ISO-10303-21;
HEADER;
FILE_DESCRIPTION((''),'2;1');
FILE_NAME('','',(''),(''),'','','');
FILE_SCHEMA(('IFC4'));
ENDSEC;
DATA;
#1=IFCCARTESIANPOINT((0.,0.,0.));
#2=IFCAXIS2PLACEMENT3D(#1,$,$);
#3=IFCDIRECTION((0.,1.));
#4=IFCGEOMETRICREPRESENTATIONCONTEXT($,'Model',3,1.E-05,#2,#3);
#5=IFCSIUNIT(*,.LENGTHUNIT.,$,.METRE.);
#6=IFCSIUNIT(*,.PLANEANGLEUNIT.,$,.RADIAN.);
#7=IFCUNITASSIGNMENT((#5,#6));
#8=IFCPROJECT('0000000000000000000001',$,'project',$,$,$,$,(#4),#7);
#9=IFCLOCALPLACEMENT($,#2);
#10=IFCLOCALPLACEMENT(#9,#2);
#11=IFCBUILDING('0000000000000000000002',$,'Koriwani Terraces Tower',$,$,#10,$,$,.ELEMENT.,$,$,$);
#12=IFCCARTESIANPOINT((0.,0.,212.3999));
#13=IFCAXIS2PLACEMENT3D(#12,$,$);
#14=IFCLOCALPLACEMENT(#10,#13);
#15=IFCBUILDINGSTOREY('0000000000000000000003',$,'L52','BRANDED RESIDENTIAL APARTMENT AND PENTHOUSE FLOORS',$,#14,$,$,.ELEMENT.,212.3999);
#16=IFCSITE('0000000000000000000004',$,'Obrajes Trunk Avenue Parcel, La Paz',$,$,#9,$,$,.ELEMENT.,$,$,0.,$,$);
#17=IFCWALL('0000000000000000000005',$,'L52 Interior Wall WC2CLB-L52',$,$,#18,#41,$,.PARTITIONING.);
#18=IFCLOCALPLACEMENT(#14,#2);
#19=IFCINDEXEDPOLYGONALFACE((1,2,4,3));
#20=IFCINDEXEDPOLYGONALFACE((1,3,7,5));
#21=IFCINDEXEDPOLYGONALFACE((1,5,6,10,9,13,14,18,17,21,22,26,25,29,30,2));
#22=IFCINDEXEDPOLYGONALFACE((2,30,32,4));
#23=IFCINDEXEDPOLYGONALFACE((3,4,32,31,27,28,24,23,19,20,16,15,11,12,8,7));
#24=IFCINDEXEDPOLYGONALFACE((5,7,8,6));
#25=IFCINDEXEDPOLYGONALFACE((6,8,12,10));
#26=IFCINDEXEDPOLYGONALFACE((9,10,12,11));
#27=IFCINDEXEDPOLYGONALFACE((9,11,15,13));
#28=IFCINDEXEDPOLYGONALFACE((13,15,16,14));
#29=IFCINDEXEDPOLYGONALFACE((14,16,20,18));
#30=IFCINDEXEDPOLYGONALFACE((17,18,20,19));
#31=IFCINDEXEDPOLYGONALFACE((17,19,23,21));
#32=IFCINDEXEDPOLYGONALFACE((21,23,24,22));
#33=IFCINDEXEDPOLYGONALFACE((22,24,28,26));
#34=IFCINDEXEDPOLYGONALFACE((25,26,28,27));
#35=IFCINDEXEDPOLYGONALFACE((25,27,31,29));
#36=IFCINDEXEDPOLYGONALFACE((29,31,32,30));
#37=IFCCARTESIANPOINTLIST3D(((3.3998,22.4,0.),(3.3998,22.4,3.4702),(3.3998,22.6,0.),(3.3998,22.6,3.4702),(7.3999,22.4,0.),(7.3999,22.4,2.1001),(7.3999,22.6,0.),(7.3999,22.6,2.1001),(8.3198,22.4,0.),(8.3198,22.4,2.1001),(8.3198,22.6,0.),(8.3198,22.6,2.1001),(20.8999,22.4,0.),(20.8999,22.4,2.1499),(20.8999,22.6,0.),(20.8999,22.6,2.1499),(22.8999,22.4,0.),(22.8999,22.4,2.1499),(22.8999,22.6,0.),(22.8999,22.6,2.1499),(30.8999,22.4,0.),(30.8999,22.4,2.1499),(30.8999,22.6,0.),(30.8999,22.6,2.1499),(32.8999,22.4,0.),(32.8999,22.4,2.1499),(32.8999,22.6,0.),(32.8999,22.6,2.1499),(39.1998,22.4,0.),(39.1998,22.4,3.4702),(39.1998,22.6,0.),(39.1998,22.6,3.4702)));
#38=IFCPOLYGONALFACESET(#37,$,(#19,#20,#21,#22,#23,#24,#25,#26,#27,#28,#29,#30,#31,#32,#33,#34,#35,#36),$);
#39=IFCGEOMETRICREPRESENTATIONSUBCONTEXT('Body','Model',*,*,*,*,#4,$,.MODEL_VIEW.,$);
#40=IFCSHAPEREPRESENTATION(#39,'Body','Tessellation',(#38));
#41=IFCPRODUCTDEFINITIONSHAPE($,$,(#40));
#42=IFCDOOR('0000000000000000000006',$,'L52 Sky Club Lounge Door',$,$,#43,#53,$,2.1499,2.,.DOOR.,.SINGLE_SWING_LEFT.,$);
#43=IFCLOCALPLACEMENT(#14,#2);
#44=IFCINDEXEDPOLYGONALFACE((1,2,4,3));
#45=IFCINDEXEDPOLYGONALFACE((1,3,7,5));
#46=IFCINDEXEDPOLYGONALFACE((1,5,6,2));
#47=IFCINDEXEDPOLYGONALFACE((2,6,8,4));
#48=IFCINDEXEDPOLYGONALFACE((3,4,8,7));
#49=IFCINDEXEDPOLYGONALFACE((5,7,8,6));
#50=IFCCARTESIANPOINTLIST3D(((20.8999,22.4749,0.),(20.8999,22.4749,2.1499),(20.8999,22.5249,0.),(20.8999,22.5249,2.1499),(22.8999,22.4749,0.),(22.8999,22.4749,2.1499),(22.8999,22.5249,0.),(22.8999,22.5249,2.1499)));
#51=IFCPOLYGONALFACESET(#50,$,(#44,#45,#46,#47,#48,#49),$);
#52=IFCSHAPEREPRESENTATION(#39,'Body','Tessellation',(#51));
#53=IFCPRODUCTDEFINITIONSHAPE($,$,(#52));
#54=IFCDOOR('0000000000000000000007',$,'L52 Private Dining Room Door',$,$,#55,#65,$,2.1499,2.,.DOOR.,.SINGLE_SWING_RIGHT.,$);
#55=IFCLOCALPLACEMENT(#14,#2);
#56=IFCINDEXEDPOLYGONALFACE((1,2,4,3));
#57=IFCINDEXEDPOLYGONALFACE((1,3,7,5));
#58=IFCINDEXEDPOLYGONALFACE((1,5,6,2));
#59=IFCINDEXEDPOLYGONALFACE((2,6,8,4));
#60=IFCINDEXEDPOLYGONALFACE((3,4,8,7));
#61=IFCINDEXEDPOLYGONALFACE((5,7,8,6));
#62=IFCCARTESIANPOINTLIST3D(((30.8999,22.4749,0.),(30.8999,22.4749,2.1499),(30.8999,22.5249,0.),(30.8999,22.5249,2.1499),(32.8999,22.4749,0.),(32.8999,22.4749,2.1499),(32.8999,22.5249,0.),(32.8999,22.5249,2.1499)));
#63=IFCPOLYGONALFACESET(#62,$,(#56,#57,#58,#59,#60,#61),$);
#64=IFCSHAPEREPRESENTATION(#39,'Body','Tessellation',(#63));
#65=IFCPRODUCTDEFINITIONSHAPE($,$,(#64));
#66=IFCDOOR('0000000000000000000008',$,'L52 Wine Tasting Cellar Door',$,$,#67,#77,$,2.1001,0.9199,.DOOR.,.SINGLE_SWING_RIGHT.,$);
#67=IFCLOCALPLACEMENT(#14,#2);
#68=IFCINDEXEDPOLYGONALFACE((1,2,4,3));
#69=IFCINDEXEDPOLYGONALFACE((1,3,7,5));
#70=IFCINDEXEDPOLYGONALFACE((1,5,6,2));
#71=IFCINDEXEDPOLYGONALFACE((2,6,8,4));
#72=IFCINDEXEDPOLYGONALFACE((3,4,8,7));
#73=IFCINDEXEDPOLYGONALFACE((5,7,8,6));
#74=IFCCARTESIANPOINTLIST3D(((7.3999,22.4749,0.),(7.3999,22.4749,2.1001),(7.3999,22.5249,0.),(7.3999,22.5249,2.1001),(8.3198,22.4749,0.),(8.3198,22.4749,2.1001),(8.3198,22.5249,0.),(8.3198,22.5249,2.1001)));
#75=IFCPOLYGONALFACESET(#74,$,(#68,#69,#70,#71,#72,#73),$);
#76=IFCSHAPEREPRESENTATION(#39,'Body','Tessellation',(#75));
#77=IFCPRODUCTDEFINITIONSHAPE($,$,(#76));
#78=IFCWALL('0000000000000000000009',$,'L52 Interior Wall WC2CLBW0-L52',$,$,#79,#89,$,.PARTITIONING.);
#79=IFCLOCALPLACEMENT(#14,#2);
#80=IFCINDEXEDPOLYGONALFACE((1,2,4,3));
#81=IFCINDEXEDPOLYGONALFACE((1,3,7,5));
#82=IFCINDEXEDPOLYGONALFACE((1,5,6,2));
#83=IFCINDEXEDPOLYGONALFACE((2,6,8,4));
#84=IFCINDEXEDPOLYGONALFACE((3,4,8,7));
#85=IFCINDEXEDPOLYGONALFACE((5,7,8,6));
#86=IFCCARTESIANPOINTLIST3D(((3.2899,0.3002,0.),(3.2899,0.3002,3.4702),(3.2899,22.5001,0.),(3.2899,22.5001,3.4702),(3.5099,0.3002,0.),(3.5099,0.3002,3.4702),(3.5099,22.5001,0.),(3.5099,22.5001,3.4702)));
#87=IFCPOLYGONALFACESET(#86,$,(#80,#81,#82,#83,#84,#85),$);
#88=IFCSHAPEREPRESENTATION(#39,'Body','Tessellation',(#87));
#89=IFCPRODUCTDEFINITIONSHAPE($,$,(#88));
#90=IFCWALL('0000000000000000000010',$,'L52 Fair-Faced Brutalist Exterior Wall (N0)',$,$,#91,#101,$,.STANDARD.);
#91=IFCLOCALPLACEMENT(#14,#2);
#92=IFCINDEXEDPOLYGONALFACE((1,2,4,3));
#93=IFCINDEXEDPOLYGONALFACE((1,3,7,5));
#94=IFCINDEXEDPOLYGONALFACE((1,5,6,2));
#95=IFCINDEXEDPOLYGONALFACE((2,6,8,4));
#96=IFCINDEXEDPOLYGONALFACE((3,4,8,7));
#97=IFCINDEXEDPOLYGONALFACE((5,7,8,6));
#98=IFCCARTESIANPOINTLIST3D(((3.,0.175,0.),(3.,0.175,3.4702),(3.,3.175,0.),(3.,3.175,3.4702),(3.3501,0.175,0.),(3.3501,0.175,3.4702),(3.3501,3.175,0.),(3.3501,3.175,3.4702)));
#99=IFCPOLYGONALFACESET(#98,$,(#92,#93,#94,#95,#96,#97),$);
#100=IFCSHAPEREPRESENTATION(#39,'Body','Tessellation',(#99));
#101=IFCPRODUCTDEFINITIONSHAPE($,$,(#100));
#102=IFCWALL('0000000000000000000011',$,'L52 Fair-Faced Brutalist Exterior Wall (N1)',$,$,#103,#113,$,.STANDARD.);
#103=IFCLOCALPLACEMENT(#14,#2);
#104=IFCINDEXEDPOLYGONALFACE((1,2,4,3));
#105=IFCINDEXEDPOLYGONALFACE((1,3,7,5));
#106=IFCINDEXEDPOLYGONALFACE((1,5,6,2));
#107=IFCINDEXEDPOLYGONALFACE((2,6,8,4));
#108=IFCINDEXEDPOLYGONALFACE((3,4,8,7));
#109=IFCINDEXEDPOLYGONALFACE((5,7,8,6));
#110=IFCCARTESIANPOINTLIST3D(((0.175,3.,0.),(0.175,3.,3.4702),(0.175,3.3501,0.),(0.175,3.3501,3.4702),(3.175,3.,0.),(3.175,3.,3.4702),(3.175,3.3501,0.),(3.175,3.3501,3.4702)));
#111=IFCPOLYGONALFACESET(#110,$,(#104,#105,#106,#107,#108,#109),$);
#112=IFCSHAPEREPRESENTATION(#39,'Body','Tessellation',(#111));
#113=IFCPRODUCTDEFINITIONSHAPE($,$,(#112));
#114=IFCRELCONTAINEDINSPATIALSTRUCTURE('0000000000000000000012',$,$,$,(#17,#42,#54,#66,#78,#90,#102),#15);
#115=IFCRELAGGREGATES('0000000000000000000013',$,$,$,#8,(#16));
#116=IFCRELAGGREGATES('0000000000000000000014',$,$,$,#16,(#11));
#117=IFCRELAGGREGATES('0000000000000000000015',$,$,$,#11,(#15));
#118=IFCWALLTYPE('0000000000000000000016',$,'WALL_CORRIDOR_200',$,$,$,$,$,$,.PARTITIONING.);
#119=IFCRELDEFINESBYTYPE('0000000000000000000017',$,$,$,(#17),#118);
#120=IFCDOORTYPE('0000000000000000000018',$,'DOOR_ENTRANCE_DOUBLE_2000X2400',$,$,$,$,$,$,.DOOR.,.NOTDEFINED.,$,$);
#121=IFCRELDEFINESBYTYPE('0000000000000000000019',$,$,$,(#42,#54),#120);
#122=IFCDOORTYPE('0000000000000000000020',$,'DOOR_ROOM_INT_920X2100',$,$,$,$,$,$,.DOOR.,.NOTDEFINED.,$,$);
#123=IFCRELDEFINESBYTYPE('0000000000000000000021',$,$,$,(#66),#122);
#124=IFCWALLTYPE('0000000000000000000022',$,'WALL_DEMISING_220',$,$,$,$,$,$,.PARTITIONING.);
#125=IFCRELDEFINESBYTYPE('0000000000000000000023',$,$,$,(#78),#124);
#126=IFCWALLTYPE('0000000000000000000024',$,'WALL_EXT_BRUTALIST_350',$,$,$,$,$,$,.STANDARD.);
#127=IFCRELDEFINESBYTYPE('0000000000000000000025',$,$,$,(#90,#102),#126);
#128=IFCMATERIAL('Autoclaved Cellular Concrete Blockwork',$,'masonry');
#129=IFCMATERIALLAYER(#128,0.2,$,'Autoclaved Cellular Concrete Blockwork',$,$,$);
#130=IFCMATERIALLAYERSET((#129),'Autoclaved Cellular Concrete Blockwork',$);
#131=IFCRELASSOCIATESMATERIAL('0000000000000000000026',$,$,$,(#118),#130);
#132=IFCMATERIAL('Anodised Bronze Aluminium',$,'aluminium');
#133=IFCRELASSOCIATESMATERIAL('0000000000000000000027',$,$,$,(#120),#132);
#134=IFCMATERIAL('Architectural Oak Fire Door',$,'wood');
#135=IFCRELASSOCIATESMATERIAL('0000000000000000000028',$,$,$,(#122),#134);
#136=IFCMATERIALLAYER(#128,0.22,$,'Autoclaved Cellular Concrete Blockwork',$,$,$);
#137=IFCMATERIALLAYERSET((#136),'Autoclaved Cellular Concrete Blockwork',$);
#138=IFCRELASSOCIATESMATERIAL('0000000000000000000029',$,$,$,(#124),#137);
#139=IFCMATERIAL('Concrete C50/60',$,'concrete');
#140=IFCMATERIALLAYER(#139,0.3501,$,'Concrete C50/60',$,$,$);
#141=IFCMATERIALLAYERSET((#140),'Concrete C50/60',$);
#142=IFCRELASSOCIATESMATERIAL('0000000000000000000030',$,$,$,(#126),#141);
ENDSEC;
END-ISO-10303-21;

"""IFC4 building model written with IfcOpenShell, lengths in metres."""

from ifc_helpers import new_model, si_unit, direction, frame, frame_2d, origin, place, context, subcontext, project, spatial, rectangle, extrude, material, layer, layer_set, type_object, element, fill, save


model = new_model("IFC4")

# Units and contexts
model_context = context("Model", 3, precision=1e-05, world=origin(), true_north=direction((0.0, 1.0)))
body_context = subcontext(model_context, "Body", "Model", "MODEL_VIEW")
ifc_project = project(units=[si_unit("LENGTHUNIT", "METRE"), si_unit("PLANEANGLEUNIT", "RADIAN")], contexts=[model_context])

# Site, building, storey
site_placement = place(None, origin())
site = spatial("IfcSite", under=ifc_project, at=site_placement, Name="Obrajes Trunk Avenue Parcel, La Paz", CompositionType="ELEMENT", RefElevation=0.0)
building_placement = place(site_placement, origin())
building = spatial("IfcBuilding", under=site, at=building_placement, Name="Koriwani Terraces Tower", CompositionType="ELEMENT")
storey_placement = place(building_placement, frame((0.0, 0.0, 212.3999)))
storey = spatial("IfcBuildingStorey", under=building, at=storey_placement, Name="L52", Description="BRANDED RESIDENTIAL APARTMENT AND PENTHOUSE FLOORS", CompositionType="ELEMENT", Elevation=212.3999)

# Shared definitions
ifc_material_1 = material(Name="Concrete C50/60", Category="concrete")

# Wall, openings, doors
ifc_material_2 = material(Name="Autoclaved Cellular Concrete Blockwork", Category="masonry")
ifc_layer_1 = layer(ifc_material_2, 0.2, Name="Autoclaved Cellular Concrete Blockwork")
ifc_layer_set_1 = layer_set([ifc_layer_1], Name="Autoclaved Cellular Concrete Blockwork")
wall_type_1 = type_object("IfcWallType", Name="WALL_CORRIDOR_200", PredefinedType="PARTITIONING", material=ifc_layer_set_1)
wall_1_placement = place(storey_placement, frame((3.3999, 22.5, 0.0), z_axis=(0.0, 0.0, 1.0), x_axis=(1.0, 0.0, 0.0)))
wall_1 = element("IfcWall", 1, at=wall_1_placement, inside=storey, type_object=wall_type_1, Name="L52 Interior Wall WC2CLB-L52", PredefinedType="PARTITIONING", context=body_context, shape_type="SweptSolid", body=[
    extrude(rectangle(XDim=35.8, YDim=0.2, at=frame_2d((17.8999, 0.0))), origin(), (0.0, 0.0, 1.0), 3.4702),
])
opening_1_placement = place(wall_1_placement, frame((4.0, 0.0, 0.0)))
opening_1 = element("IfcOpeningElement", 2, at=opening_1_placement, cuts=wall_1, PredefinedType="OPENING", context=body_context, shape_type="SweptSolid", body=[
    extrude(rectangle(XDim=0.9199, YDim=2.1001, at=frame_2d((0.46, 1.05))), frame((0.0, 0.1099, 0.0), z_axis=(0.0, -1.0, 0.0), x_axis=(1.0, 0.0, 0.0)), (0.0, 0.0, 1.0), 0.22),
])
opening_2_placement = place(wall_1_placement, frame((17.5, 0.0, 0.0)))
opening_2 = element("IfcOpeningElement", 3, at=opening_2_placement, cuts=wall_1, PredefinedType="OPENING", context=body_context, shape_type="SweptSolid", body=[
    extrude(rectangle(XDim=2.0, YDim=2.1499, at=frame_2d((1.0, 1.075))), frame((0.0, 0.1099, 0.0), z_axis=(0.0, -1.0, 0.0), x_axis=(1.0, 0.0, 0.0)), (0.0, 0.0, 1.0), 0.22),
])
opening_3_placement = place(wall_1_placement, frame((27.5, 0.0, 0.0)))
opening_3 = element("IfcOpeningElement", 4, at=opening_3_placement, cuts=wall_1, PredefinedType="OPENING", context=body_context, shape_type="SweptSolid", body=[
    extrude(rectangle(XDim=2.0, YDim=2.1499, at=frame_2d((1.0, 1.075))), frame((0.0, 0.1099, 0.0), z_axis=(0.0, -1.0, 0.0), x_axis=(1.0, 0.0, 0.0)), (0.0, 0.0, 1.0), 0.22),
])
ifc_material_3 = material(Name="Anodised Bronze Aluminium", Category="aluminium")
door_type_1 = type_object("IfcDoorType", Name="DOOR_ENTRANCE_DOUBLE_2000X2400", OperationType="NOTDEFINED", PredefinedType="DOOR", material=ifc_material_3)
door_1_placement = place(opening_2_placement, origin())
door_1 = element("IfcDoor", 5, at=door_1_placement, inside=storey, type_object=door_type_1, Name="L52 Sky Club Lounge Door", OperationType="SINGLE_SWING_LEFT", OverallHeight=2.1499, OverallWidth=2.0, PredefinedType="DOOR", context=body_context, shape_type="SweptSolid", body=[
    extrude(rectangle(XDim=2.0, YDim=2.1499, at=frame_2d((1.0, 1.075))), frame((0.0, 0.0249, 0.0), z_axis=(0.0, -1.0, 0.0), x_axis=(1.0, 0.0, 0.0)), (0.0, 0.0, 1.0), 0.05),
])
fill(opening_2, door_1)
door_2_placement = place(opening_3_placement, origin())
door_2 = element("IfcDoor", 6, at=door_2_placement, inside=storey, type_object=door_type_1, Name="L52 Private Dining Room Door", OperationType="SINGLE_SWING_RIGHT", OverallHeight=2.1499, OverallWidth=2.0, PredefinedType="DOOR", context=body_context, shape_type="SweptSolid", body=[
    extrude(rectangle(XDim=2.0, YDim=2.1499, at=frame_2d((1.0, 1.075))), frame((0.0, 0.0249, 0.0), z_axis=(0.0, -1.0, 0.0), x_axis=(1.0, 0.0, 0.0)), (0.0, 0.0, 1.0), 0.05),
])
fill(opening_3, door_2)
ifc_material_4 = material(Name="Architectural Oak Fire Door", Category="wood")
door_type_2 = type_object("IfcDoorType", Name="DOOR_ROOM_INT_920X2100", OperationType="NOTDEFINED", PredefinedType="DOOR", material=ifc_material_4)
door_3_placement = place(opening_1_placement, origin())
door_3 = element("IfcDoor", 7, at=door_3_placement, inside=storey, type_object=door_type_2, Name="L52 Wine Tasting Cellar Door", OperationType="SINGLE_SWING_RIGHT", OverallHeight=2.1001, OverallWidth=0.9199, PredefinedType="DOOR", context=body_context, shape_type="SweptSolid", body=[
    extrude(rectangle(XDim=0.9199, YDim=2.1001, at=frame_2d((0.46, 1.05))), frame((0.0, 0.0249, 0.0), z_axis=(0.0, -1.0, 0.0), x_axis=(1.0, 0.0, 0.0)), (0.0, 0.0, 1.0), 0.05),
])
fill(opening_1, door_3)

# Walls
ifc_layer_2 = layer(ifc_material_2, 0.22, Name="Autoclaved Cellular Concrete Blockwork")
ifc_layer_set_2 = layer_set([ifc_layer_2], Name="Autoclaved Cellular Concrete Blockwork")
wall_type_2 = type_object("IfcWallType", Name="WALL_DEMISING_220", PredefinedType="PARTITIONING", material=ifc_layer_set_2)
wall_2_placement = place(storey_placement, frame((3.3999, 0.3, 0.0), z_axis=(0.0, 0.0, 1.0), x_axis=(0.0, 1.0, 0.0)))
element("IfcWall", 8, at=wall_2_placement, inside=storey, type_object=wall_type_2, Name="L52 Interior Wall WC2CLBW0-L52", PredefinedType="PARTITIONING", context=body_context, shape_type="SweptSolid", body=[
    extrude(rectangle(XDim=22.2, YDim=0.22, at=frame_2d((11.1001, 0.0))), origin(), (0.0, 0.0, 1.0), 3.4702),
])
ifc_layer_3 = layer(ifc_material_1, 0.3501, Name="Concrete C50/60")
ifc_layer_set_3 = layer_set([ifc_layer_3], Name="Concrete C50/60")
wall_type_3 = type_object("IfcWallType", Name="WALL_EXT_BRUTALIST_350", PredefinedType="STANDARD", material=ifc_layer_set_3)
for number, where, z_axis, x_axis, name in (
    (9, (3.175, 0.175, 0.0), (0.0, 0.0, 1.0), (0.0, 1.0, 0.0), "L52 Fair-Faced Brutalist Exterior Wall (N0)"),
    (10, (3.175, 3.175, 0.0), (0.0, 0.0, 1.0), (-1.0, 0.0, 0.0), "L52 Fair-Faced Brutalist Exterior Wall (N1)"),
):
    element("IfcWall", number, at=place(storey_placement, frame(where, z_axis=z_axis, x_axis=x_axis)), inside=storey, type_object=wall_type_3, Name=name, PredefinedType="STANDARD", context=body_context, shape_type="SweptSolid", body=[
        extrude(rectangle(XDim=3.0, YDim=0.3501, at=frame_2d((1.5, 0.0))), origin(), (0.0, 0.0, 1.0), 3.4702),
    ])

save(model, "model.ifc")
